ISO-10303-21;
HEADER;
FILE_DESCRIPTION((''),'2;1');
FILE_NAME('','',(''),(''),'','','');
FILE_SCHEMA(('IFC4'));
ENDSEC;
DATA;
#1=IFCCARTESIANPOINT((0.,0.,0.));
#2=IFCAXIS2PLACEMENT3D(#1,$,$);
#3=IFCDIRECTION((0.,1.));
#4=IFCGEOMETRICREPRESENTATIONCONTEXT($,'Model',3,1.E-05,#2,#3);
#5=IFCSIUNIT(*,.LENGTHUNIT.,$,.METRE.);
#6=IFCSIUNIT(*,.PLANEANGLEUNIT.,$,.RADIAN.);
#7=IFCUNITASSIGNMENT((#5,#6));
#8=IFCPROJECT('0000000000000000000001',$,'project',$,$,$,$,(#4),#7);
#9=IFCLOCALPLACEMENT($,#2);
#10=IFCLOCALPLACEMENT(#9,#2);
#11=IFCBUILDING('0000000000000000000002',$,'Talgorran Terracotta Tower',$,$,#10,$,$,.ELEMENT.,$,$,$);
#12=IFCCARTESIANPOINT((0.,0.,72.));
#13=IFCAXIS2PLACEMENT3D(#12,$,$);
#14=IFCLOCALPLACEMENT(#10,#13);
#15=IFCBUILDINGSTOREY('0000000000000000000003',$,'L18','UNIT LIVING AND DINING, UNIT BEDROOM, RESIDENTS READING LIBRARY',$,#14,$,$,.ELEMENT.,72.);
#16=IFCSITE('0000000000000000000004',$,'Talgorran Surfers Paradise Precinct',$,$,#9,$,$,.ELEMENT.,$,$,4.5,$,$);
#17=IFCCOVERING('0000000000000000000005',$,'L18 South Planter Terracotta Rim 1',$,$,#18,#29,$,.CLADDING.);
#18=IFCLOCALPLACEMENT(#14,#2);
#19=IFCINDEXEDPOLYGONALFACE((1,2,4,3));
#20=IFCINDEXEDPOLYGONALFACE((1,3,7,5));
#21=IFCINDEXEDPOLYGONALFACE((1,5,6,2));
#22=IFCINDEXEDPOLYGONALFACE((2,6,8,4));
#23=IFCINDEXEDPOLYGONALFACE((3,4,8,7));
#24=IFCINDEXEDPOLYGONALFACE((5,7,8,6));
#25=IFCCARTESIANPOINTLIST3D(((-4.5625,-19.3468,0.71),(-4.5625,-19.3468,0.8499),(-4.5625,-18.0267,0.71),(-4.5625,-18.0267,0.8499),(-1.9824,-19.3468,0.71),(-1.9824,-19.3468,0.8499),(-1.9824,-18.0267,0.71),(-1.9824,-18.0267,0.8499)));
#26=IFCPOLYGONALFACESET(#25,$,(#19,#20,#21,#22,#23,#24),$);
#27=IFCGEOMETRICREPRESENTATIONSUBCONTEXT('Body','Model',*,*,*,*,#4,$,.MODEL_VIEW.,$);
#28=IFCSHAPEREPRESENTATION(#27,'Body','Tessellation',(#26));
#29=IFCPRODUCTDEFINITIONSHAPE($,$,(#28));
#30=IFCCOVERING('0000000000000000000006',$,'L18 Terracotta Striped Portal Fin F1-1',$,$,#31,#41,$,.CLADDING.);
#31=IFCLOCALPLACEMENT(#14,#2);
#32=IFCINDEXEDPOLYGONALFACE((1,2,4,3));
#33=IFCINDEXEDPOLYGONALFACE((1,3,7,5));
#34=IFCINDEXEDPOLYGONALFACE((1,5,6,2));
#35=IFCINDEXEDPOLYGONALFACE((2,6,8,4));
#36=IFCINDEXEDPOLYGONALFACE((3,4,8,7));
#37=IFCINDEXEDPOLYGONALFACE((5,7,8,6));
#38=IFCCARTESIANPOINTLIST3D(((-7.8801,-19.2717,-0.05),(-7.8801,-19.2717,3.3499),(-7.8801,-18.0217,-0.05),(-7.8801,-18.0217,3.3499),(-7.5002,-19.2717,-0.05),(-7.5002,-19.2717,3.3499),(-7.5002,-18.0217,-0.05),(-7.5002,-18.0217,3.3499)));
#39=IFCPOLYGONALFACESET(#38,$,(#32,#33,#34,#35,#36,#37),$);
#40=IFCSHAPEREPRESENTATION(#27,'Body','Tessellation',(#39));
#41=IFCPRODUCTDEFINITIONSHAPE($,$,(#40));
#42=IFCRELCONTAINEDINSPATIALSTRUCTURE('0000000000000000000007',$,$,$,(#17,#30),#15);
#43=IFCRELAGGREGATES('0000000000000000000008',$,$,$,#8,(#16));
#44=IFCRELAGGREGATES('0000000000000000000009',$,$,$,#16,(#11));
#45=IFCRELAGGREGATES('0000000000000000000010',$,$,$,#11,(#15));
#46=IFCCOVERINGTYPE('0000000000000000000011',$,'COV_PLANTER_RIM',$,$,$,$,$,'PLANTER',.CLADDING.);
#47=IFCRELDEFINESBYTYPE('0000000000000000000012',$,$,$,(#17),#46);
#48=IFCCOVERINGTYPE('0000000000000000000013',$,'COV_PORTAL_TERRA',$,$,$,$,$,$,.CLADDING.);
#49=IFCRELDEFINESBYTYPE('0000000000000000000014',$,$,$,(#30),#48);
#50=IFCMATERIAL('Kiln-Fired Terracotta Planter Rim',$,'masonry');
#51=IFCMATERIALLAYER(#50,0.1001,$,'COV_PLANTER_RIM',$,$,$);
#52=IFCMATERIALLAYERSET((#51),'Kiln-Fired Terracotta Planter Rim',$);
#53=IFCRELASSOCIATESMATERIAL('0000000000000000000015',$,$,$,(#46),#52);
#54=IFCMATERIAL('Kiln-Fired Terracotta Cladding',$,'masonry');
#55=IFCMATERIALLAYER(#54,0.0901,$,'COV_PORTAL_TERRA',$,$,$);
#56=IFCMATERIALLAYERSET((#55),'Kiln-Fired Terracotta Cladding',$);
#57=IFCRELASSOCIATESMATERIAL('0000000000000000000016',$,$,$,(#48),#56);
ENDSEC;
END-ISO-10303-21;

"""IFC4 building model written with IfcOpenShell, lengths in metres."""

from ifc_helpers import new_model, si_unit, direction, frame, origin, origin_2d, place, context, subcontext, project, spatial, rectangle, extrude, material, layer, layer_set, type_object, element, save


model = new_model("IFC4")

# Units and contexts
model_context = context("Model", 3, precision=1e-05, world=origin(), true_north=direction((0.0, 1.0)))
body_context = subcontext(model_context, "Body", "Model", "MODEL_VIEW")
ifc_project = project(units=[si_unit("LENGTHUNIT", "METRE"), si_unit("PLANEANGLEUNIT", "RADIAN")], contexts=[model_context])

# Site, building, storey
site_placement = place(None, origin())
site = spatial("IfcSite", under=ifc_project, at=site_placement, Name="Talgorran Surfers Paradise Precinct", CompositionType="ELEMENT", RefElevation=4.5)
building_placement = place(site_placement, origin())
building = spatial("IfcBuilding", under=site, at=building_placement, Name="Talgorran Terracotta Tower", CompositionType="ELEMENT")
storey_placement = place(building_placement, frame((0.0, 0.0, 72.0)))
storey = spatial("IfcBuildingStorey", under=building, at=storey_placement, Name="L18", Description="UNIT LIVING AND DINING, UNIT BEDROOM, RESIDENTS READING LIBRARY", CompositionType="ELEMENT", Elevation=72.0)

# Coverings
ifc_material_1 = material(Name="Kiln-Fired Terracotta Planter Rim", Category="masonry")
ifc_layer_1 = layer(ifc_material_1, 0.1001, Name="COV_PLANTER_RIM")
ifc_layer_set_1 = layer_set([ifc_layer_1], Name="Kiln-Fired Terracotta Planter Rim")
covering_type_1 = type_object("IfcCoveringType", Name="COV_PLANTER_RIM", ElementType="PLANTER", PredefinedType="CLADDING", material=ifc_layer_set_1)
covering_1_placement = place(storey_placement, frame((-3.2725, -18.6868, 0.71), z_axis=(0.0, 0.0, 1.0), x_axis=(1.0, 0.0, 0.0)))
element("IfcCovering", 1, at=covering_1_placement, inside=storey, type_object=covering_type_1, Name="L18 South Planter Terracotta Rim 1", PredefinedType="CLADDING", context=body_context, shape_type="SweptSolid", body=[
    extrude(rectangle(XDim=2.5801, YDim=1.3201, at=origin_2d()), origin(), (0.0, 0.0, 1.0), 0.1399),
])
ifc_material_2 = material(Name="Kiln-Fired Terracotta Cladding", Category="masonry")
ifc_layer_2 = layer(ifc_material_2, 0.0901, Name="COV_PORTAL_TERRA")
ifc_layer_set_2 = layer_set([ifc_layer_2], Name="Kiln-Fired Terracotta Cladding")
covering_type_2 = type_object("IfcCoveringType", Name="COV_PORTAL_TERRA", PredefinedType="CLADDING", material=ifc_layer_set_2)
covering_2_placement = place(storey_placement, frame((-7.6902, -18.6467, -0.05), z_axis=(0.0, 0.0, 1.0), x_axis=(1.0, 0.0, 0.0)))
element("IfcCovering", 2, at=covering_2_placement, inside=storey, type_object=covering_type_2, Name="L18 Terracotta Striped Portal Fin F1-1", PredefinedType="CLADDING", context=body_context, shape_type="SweptSolid", body=[
    extrude(rectangle(XDim=0.3799, YDim=1.25, at=origin_2d()), origin(), (0.0, 0.0, 1.0), 3.3999),
])

save(model, "model.ifc")
